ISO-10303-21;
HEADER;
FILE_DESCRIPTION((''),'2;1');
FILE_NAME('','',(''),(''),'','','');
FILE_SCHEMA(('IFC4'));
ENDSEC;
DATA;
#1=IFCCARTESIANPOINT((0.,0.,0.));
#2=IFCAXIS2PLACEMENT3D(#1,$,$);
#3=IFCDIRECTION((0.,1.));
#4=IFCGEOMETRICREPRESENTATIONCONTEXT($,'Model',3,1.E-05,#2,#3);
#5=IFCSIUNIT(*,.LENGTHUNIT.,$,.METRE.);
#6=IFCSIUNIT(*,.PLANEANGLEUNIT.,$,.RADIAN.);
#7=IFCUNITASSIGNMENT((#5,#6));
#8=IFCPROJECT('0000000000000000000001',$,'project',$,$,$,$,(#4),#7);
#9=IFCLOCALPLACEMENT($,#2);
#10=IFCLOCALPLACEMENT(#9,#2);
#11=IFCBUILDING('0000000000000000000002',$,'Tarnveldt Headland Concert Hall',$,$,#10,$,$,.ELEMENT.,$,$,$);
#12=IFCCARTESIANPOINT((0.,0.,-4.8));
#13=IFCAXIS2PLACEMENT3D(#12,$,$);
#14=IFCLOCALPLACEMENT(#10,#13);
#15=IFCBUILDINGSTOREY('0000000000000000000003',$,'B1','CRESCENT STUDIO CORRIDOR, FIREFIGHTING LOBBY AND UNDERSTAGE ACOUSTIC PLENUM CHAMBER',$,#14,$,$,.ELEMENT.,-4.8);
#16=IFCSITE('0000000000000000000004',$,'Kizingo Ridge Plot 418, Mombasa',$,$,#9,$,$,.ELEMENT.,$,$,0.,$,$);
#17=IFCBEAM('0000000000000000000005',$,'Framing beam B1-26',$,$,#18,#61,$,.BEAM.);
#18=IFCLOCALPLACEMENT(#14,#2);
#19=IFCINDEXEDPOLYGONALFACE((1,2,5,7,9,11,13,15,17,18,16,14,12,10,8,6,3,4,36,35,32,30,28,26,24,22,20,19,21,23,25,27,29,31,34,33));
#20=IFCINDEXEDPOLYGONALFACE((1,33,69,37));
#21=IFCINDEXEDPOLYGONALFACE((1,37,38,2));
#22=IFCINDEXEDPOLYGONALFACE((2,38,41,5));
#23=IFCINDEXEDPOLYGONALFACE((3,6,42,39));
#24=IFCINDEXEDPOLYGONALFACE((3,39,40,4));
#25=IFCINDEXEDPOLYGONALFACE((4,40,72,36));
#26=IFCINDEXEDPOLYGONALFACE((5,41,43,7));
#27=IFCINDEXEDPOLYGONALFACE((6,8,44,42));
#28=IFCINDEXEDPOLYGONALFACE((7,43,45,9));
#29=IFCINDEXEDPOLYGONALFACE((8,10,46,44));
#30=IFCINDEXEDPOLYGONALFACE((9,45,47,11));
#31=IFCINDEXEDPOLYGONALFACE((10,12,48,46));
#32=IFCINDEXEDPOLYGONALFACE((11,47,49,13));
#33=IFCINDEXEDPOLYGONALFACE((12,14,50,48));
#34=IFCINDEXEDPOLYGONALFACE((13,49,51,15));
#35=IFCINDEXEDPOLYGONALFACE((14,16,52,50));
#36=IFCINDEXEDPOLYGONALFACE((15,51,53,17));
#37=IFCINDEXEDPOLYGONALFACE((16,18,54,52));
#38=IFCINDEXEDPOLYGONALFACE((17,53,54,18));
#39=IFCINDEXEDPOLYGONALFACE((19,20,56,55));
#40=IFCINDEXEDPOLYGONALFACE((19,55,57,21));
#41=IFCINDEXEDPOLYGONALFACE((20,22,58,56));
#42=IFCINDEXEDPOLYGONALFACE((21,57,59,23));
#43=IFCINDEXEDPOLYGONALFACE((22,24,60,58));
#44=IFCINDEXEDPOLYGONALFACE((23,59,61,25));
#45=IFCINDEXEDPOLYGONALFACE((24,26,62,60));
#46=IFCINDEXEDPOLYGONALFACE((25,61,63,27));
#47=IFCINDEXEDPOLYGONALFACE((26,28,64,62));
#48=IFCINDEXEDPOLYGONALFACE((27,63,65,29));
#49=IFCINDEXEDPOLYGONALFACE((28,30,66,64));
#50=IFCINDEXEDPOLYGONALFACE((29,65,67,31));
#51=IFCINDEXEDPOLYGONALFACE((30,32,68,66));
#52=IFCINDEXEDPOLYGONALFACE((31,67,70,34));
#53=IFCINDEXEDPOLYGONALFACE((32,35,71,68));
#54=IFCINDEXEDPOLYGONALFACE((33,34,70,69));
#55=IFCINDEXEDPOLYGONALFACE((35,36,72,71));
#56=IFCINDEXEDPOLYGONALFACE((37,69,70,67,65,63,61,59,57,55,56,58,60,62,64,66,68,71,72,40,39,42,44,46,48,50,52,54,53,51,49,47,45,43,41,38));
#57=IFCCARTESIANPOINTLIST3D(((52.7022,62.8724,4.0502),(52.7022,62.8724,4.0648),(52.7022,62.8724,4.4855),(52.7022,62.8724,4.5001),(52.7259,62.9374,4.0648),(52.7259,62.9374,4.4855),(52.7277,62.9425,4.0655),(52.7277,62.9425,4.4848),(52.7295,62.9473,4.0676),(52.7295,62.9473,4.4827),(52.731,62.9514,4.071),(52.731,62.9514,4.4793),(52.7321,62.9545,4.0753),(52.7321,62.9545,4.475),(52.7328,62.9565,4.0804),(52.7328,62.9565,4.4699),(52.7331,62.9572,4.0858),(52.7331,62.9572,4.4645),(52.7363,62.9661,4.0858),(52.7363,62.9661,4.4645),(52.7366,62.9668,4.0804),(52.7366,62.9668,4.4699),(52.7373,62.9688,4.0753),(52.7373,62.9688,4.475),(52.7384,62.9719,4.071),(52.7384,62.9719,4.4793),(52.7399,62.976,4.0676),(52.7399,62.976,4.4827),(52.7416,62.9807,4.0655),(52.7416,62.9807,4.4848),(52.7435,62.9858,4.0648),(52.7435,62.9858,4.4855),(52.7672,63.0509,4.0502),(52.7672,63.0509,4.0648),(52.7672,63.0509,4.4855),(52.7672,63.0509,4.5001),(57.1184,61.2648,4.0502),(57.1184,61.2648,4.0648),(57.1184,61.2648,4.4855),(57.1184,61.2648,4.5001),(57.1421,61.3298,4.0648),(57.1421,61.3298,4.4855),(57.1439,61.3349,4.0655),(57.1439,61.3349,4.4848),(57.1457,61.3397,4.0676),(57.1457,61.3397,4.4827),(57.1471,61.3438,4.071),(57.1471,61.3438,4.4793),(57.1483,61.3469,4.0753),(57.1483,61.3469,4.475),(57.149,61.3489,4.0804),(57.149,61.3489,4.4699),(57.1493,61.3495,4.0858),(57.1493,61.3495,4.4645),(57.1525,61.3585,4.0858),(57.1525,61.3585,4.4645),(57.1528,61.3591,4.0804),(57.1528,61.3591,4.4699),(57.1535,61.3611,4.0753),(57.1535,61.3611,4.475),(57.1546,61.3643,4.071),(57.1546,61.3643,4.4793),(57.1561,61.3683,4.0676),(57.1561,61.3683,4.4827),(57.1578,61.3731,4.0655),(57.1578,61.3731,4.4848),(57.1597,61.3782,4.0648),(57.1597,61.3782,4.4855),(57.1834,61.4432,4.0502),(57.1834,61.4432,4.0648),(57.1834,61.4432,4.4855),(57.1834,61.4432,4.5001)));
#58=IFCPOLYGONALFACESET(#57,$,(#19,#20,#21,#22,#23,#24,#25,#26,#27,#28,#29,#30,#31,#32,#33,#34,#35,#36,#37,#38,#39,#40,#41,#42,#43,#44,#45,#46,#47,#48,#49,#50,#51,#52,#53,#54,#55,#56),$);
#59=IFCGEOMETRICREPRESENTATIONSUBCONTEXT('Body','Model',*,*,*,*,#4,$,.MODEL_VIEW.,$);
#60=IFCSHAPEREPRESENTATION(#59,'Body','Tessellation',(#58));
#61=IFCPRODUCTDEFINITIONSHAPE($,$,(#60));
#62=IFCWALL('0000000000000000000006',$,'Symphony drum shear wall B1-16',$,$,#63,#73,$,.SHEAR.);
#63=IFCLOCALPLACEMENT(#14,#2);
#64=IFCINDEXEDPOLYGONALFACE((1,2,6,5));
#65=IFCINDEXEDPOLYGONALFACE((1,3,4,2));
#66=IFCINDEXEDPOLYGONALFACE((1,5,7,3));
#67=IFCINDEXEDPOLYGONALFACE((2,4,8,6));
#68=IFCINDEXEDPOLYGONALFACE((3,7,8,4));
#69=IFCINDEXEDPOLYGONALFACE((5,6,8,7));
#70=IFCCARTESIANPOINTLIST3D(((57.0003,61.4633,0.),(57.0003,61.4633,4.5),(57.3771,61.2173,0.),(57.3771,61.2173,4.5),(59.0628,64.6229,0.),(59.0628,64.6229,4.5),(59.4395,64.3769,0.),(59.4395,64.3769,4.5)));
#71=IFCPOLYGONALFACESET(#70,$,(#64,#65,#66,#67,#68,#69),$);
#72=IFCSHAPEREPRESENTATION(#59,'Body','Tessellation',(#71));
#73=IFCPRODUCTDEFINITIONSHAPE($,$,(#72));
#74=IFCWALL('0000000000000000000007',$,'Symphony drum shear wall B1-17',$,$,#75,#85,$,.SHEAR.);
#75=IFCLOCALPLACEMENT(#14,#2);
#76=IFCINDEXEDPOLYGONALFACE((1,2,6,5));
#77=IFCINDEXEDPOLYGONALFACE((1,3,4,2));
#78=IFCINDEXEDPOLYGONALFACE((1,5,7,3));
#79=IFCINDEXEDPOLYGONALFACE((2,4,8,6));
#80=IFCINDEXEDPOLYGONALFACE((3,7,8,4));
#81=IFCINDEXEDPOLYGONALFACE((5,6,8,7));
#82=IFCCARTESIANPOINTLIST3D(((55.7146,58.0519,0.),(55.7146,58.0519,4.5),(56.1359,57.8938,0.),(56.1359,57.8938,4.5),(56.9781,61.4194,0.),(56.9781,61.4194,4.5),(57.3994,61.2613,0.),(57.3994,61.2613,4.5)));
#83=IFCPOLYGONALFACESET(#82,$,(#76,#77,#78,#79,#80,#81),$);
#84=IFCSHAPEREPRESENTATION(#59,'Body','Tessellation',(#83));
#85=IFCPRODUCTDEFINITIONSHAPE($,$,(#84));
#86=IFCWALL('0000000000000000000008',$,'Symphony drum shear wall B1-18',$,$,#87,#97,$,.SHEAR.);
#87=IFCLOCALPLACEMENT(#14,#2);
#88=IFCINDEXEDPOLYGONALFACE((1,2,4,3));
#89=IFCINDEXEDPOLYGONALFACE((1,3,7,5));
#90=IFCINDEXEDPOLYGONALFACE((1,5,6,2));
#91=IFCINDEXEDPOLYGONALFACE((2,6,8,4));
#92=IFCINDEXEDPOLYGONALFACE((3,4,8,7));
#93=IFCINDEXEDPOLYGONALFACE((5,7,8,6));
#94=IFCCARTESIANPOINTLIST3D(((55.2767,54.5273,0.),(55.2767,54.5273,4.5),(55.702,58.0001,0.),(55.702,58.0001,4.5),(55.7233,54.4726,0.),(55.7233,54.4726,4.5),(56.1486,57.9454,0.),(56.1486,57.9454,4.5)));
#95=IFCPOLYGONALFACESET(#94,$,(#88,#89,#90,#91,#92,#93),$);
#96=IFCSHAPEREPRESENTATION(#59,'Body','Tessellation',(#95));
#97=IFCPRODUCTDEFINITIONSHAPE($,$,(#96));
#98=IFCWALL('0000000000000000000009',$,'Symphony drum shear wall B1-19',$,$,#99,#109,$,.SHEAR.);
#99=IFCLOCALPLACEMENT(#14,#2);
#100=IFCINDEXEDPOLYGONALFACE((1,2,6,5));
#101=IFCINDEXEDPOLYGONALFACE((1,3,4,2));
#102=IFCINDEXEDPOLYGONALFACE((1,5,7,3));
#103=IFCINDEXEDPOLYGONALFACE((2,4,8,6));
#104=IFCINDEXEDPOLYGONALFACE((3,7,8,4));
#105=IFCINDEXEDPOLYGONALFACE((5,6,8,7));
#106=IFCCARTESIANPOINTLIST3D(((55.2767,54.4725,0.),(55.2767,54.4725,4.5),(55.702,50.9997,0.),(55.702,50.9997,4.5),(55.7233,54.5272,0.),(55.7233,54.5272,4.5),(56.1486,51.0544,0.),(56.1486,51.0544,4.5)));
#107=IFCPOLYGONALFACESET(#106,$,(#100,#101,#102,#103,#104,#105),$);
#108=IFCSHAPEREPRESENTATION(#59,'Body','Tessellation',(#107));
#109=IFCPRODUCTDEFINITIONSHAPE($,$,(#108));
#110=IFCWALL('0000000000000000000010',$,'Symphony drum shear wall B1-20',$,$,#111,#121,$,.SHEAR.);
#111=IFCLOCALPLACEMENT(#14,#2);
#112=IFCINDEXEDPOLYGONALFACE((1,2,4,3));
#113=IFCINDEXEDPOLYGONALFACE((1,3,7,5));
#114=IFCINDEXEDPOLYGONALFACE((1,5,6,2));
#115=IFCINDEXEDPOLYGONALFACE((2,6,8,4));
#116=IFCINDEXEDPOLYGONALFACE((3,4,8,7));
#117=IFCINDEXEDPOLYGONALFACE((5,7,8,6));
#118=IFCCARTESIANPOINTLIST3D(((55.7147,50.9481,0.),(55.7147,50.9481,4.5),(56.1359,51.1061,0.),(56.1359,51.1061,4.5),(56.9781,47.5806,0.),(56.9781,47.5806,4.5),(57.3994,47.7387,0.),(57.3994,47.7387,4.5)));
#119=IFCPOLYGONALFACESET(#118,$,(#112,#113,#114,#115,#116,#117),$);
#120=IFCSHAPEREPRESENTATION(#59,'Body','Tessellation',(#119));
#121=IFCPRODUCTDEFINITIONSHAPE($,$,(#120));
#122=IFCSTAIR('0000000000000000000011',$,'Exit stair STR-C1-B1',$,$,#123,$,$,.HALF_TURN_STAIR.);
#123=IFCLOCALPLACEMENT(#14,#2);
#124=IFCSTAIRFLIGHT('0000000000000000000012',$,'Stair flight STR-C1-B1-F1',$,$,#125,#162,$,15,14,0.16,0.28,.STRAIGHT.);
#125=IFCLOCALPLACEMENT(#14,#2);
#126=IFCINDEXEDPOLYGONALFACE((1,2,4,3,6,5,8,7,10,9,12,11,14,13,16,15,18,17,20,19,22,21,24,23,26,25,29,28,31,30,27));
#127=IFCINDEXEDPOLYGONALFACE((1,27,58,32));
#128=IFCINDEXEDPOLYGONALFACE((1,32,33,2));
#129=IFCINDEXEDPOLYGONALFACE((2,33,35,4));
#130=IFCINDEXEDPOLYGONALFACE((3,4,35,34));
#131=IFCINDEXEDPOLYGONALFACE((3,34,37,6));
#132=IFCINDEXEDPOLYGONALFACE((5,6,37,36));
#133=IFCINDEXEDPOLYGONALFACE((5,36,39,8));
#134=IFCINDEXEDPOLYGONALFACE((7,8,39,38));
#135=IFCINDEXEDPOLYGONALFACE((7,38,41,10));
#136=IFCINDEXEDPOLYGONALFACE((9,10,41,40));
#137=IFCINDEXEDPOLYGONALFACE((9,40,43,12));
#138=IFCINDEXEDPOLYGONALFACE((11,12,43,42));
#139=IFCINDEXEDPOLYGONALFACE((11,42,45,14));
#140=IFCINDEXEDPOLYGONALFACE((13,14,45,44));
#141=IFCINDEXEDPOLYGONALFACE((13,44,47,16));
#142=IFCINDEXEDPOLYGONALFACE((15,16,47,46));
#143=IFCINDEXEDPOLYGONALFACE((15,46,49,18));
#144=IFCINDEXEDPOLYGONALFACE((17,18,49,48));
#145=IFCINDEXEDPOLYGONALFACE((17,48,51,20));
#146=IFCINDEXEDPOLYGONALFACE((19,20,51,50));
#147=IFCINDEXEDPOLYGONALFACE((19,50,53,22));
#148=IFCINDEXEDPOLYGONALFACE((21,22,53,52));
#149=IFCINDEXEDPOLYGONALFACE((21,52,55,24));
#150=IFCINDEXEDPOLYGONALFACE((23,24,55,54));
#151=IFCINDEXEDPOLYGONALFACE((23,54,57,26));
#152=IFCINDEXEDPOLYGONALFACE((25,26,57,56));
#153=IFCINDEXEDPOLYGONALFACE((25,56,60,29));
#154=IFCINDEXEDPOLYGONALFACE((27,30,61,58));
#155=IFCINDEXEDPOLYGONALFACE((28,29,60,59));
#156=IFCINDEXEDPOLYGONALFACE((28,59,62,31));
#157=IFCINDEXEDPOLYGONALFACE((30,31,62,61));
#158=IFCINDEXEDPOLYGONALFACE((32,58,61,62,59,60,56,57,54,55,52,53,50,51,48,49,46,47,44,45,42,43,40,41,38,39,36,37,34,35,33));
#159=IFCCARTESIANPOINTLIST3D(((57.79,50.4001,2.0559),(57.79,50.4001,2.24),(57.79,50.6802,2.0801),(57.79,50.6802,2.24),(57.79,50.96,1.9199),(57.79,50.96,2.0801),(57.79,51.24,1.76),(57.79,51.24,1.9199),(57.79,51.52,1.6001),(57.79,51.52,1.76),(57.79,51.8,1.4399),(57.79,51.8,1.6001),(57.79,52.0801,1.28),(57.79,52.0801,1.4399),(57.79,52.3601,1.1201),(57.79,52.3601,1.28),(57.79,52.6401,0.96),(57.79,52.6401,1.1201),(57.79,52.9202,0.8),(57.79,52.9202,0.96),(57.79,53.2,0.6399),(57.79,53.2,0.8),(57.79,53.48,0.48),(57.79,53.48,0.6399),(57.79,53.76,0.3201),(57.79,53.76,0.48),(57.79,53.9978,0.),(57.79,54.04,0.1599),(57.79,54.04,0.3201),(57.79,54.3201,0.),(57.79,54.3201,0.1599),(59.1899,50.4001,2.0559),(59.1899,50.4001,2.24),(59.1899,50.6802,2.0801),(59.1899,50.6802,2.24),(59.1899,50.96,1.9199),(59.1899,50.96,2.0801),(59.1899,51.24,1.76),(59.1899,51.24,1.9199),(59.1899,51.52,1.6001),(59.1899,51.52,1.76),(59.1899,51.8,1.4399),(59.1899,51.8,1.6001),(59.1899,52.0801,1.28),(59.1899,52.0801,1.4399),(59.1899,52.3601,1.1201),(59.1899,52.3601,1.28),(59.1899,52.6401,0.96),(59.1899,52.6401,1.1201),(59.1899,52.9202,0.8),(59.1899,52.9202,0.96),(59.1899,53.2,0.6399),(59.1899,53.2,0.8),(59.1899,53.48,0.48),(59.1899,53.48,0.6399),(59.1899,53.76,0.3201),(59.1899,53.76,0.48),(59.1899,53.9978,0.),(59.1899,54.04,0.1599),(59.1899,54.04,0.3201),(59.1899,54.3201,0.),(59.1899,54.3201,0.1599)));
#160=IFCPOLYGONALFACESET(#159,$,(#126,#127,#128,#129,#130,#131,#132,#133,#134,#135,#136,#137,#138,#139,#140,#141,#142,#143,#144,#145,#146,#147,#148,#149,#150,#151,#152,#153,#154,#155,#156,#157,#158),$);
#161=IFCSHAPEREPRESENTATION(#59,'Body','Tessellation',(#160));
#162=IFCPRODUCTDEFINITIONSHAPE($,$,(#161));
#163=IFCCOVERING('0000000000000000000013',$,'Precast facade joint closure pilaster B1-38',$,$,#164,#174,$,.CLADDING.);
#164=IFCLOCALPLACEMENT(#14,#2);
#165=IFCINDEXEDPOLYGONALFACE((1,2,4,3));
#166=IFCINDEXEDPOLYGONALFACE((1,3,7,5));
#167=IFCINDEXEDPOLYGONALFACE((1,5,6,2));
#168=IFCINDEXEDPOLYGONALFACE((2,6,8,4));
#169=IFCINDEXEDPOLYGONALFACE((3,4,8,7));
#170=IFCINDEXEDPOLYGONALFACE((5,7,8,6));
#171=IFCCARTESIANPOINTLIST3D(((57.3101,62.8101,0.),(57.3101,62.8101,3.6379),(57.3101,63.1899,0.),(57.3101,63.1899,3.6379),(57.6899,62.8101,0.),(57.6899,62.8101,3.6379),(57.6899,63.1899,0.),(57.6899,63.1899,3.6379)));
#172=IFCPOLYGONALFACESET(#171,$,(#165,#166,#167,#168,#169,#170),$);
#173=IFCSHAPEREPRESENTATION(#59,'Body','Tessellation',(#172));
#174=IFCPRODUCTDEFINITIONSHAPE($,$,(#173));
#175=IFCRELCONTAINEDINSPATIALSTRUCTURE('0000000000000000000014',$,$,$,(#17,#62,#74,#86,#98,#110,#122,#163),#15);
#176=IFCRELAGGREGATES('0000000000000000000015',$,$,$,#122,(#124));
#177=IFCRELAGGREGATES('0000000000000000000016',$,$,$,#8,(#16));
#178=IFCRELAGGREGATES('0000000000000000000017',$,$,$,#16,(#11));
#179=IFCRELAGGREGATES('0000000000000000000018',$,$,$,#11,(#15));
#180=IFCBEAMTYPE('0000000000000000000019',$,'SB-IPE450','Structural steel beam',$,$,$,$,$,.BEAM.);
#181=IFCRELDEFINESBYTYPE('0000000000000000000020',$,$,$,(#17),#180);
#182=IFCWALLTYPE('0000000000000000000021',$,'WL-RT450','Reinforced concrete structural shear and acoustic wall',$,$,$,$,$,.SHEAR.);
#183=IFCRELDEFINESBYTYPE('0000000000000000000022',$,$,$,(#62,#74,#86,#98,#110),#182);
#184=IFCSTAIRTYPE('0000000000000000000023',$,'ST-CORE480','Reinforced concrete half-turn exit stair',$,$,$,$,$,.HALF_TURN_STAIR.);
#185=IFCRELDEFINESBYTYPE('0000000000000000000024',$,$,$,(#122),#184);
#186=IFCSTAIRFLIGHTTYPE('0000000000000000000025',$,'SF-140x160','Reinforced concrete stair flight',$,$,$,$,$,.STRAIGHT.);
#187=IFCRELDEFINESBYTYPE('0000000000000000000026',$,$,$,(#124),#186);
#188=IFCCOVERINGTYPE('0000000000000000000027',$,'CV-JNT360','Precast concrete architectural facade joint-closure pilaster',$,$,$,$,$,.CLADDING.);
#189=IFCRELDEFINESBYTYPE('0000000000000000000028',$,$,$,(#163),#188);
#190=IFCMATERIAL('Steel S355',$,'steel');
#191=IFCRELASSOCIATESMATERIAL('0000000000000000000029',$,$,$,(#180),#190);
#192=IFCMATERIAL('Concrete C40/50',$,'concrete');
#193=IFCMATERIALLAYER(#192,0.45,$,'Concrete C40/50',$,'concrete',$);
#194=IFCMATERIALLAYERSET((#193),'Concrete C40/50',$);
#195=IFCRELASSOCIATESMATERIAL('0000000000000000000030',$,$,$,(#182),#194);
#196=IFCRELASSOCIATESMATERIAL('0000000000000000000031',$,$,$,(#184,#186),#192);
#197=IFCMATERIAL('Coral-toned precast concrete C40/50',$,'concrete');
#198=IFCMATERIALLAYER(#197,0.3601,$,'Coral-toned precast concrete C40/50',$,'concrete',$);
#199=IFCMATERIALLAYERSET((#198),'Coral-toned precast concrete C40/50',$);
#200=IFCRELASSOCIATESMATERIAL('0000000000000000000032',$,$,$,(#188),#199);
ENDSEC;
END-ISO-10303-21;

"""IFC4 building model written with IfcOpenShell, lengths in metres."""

from ifc_helpers import new_model, si_unit, direction, frame, frame_2d, origin, origin_2d, place, context, subcontext, project, spatial, polyline, rectangle, i_section, outline, extrude, material, layer, layer_set, material_profile, profile_set, type_object, element, aggregate, save


model = new_model("IFC4")

# Units and contexts
model_context = context("Model", 3, precision=1e-05, world=origin(), true_north=direction((0.0, 1.0)))
body_context = subcontext(model_context, "Body", "Model", "MODEL_VIEW")
ifc_project = project(units=[si_unit("LENGTHUNIT", "METRE"), si_unit("PLANEANGLEUNIT", "RADIAN")], contexts=[model_context])

# Site, building, storey
site_placement = place(None, origin())
site = spatial("IfcSite", under=ifc_project, at=site_placement, Name="Kizingo Ridge Plot 418, Mombasa", CompositionType="ELEMENT", RefElevation=0.0)
building_placement = place(site_placement, origin())
building = spatial("IfcBuilding", under=site, at=building_placement, Name="Tarnveldt Headland Concert Hall", CompositionType="ELEMENT")
storey_placement = place(building_placement, frame((0.0, 0.0, -4.8)))
storey = spatial("IfcBuildingStorey", under=building, at=storey_placement, Name="B1", Description="CRESCENT STUDIO CORRIDOR, FIREFIGHTING LOBBY AND UNDERSTAGE ACOUSTIC PLENUM CHAMBER", CompositionType="ELEMENT", Elevation=-4.8)

# Shared definitions
ifc_material_1 = material(Name="Concrete C40/50", Category="concrete")

# Beam
ifc_material_2 = material(Name="Steel S355", Category="steel")
ifc_material_profile_1 = material_profile(ifc_material_2, i_section(OverallWidth=0.1899, OverallDepth=0.45, WebThickness=0.0095, FlangeThickness=0.0146, FilletRadius=0.021, at=origin_2d()), Name="IPE450", Category="steel")
ifc_profile_set_1 = profile_set([ifc_material_profile_1], Name="Steel S355")
beam_type_1 = type_object("IfcBeamType", Name="SB-IPE450", Description="Structural steel beam", PredefinedType="BEAM", material=ifc_profile_set_1)
beam_1_placement = place(storey_placement, frame((57.1509, 61.354, 4.2751), z_axis=(-0.939674, 0.342073, 0.0), x_axis=(-0.342073, -0.939674, 0.0)))
element("IfcBeam", 1, at=beam_1_placement, inside=storey, type_object=beam_type_1, Name="Framing beam B1-26", PredefinedType="BEAM", context=body_context, shape_type="SweptSolid", body=[
    extrude(i_section(OverallWidth=0.1899, OverallDepth=0.45, WebThickness=0.0095, FlangeThickness=0.0146, FilletRadius=0.021, at=origin_2d()), origin(), (0.0, 0.0, 1.0), 4.6997),
])

# Walls
ifc_layer_1 = layer(ifc_material_1, 0.45, Name="Concrete C40/50", Category="concrete")
ifc_layer_set_1 = layer_set([ifc_layer_1], Name="Concrete C40/50")
wall_type_1 = type_object("IfcWallType", Name="WL-RT450", Description="Reinforced concrete structural shear and acoustic wall", PredefinedType="SHEAR", material=ifc_layer_set_1)
wall_1_placement = place(storey_placement, frame((59.2512, 64.5, 0.0), z_axis=(0.0, 0.0, 1.0), x_axis=(-0.546611, -0.837387, 0.0)))
element("IfcWall", 2, at=wall_1_placement, inside=storey, type_object=wall_type_1, Name="Symphony drum shear wall B1-16", PredefinedType="SHEAR", context=body_context, shape_type="SweptSolid", body=[
    extrude(rectangle(XDim=3.7732, YDim=0.45, at=frame_2d((1.8867, 0.0))), origin(), (0.0, 0.0, 1.0), 4.5),
])
wall_2_placement = place(storey_placement, frame((57.1887, 61.3403, 0.0), z_axis=(0.0, 0.0, 1.0), x_axis=(-0.35128, -0.936271, 0.0)))
element("IfcWall", 3, at=wall_2_placement, inside=storey, type_object=wall_type_1, Name="Symphony drum shear wall B1-17", PredefinedType="SHEAR", context=body_context, shape_type="SweptSolid", body=[
    extrude(rectangle(XDim=3.5967, YDim=0.45, at=frame_2d((1.7983, 0.0))), origin(), (0.0, 0.0, 1.0), 4.5),
])
for number, where, z_axis, x_axis, name in (
    (4, (55.9253, 57.9729, 0.0), (0.0, 0.0, 1.0), (-0.121552, -0.992585, 0.0), "Symphony drum shear wall B1-18"),
    (5, (55.5, 54.5, 0.0), (0.0, 0.0, 1.0), (0.121552, -0.992585, 0.0), "Symphony drum shear wall B1-19"),
):
    element("IfcWall", number, at=place(storey_placement, frame(where, z_axis=z_axis, x_axis=x_axis)), inside=storey, type_object=wall_type_1, Name=name, PredefinedType="SHEAR", context=body_context, shape_type="SweptSolid", body=[
        extrude(rectangle(XDim=3.4988, YDim=0.45, at=frame_2d((1.7495, 0.0))), origin(), (0.0, 0.0, 1.0), 4.5),
    ])
wall_3_placement = place(storey_placement, frame((55.9253, 51.0271, 0.0), z_axis=(0.0, 0.0, 1.0), x_axis=(0.35128, -0.936271, 0.0)))
element("IfcWall", 6, at=wall_3_placement, inside=storey, type_object=wall_type_1, Name="Symphony drum shear wall B1-20", PredefinedType="SHEAR", context=body_context, shape_type="SweptSolid", body=[
    extrude(rectangle(XDim=3.5967, YDim=0.45, at=frame_2d((1.7983, 0.0))), origin(), (0.0, 0.0, 1.0), 4.5),
])

# Stair, stair flight
stair_type = type_object("IfcStairType", Name="ST-CORE480", Description="Reinforced concrete half-turn exit stair", PredefinedType="HALF_TURN_STAIR", material=ifc_material_1)
stair_placement = place(storey_placement, origin())
stair = element("IfcStair", 7, at=stair_placement, inside=storey, type_object=stair_type, Name="Exit stair STR-C1-B1", PredefinedType="HALF_TURN_STAIR")
stair_flight_type = type_object("IfcStairFlightType", Name="SF-140x160", Description="Reinforced concrete stair flight", PredefinedType="STRAIGHT", material=ifc_material_1)
stair_flight_placement = place(storey_placement, frame((58.49, 54.3201, 0.0), z_axis=(0.0, 0.0, 1.0), x_axis=(0.0, -1.0, 0.0)))
stair_flight = element("IfcStairFlight", 8, at=stair_flight_placement, type_object=stair_flight_type, Name="Stair flight STR-C1-B1-F1", NumberOfRisers=15, NumberOfTreads=14, PredefinedType="STRAIGHT", RiserHeight=0.16, TreadLength=0.28, context=body_context, shape_type="SweptSolid", body=[
    extrude(outline(polyline([(0.0, 0.0), (0.0, 0.1599), (0.28, 0.1599), (0.28, 0.3201), (0.5601, 0.3201), (0.5601, 0.48), (0.8401, 0.48), (0.8401, 0.6399), (1.1201, 0.6399), (1.1201, 0.8), (1.3999, 0.8), (1.3999, 0.96), (1.6799, 0.96), (1.6799, 1.1201), (1.96, 1.1201), (1.96, 1.28), (2.24, 1.28), (2.24, 1.4399), (2.52, 1.4399), (2.52, 1.6001), (2.8, 1.6001), (2.8, 1.76), (3.0801, 1.76), (3.0801, 1.9199), (3.3601, 1.9199), (3.3601, 2.0801), (3.6399, 2.0801), (3.6399, 2.24), (3.9199, 2.24), (3.9199, 2.3999), (3.9199, 2.0559), (0.3223, 0.0), (0.0, 0.0)])), frame((0.0, 0.7, 0.0), z_axis=(0.0, -1.0, 0.0), x_axis=(1.0, 0.0, 0.0)), (0.0, 0.0, 1.0), 1.3999),
])
aggregate(stair, [stair_flight])

# Covering
ifc_material_3 = material(Name="Coral-toned precast concrete C40/50", Category="concrete")
ifc_layer_2 = layer(ifc_material_3, 0.3601, Name="Coral-toned precast concrete C40/50", Category="concrete")
ifc_layer_set_2 = layer_set([ifc_layer_2], Name="Coral-toned precast concrete C40/50")
covering_type = type_object("IfcCoveringType", Name="CV-JNT360", Description="Precast concrete architectural facade joint-closure pilaster", PredefinedType="CLADDING", material=ifc_layer_set_2)
covering_placement = place(storey_placement, frame((57.5, 63.0, 0.0), z_axis=(0.0, 0.0, 1.0), x_axis=(0.0, -1.0, 0.0)))
element("IfcCovering", 9, at=covering_placement, inside=storey, type_object=covering_type, Name="Precast facade joint closure pilaster B1-38", PredefinedType="CLADDING", context=body_context, shape_type="SweptSolid", body=[
    extrude(rectangle(XDim=0.3799, YDim=0.3799, at=origin_2d()), origin(), (0.0, 0.0, 1.0), 3.6379),
])

save(model, "model.ifc")
